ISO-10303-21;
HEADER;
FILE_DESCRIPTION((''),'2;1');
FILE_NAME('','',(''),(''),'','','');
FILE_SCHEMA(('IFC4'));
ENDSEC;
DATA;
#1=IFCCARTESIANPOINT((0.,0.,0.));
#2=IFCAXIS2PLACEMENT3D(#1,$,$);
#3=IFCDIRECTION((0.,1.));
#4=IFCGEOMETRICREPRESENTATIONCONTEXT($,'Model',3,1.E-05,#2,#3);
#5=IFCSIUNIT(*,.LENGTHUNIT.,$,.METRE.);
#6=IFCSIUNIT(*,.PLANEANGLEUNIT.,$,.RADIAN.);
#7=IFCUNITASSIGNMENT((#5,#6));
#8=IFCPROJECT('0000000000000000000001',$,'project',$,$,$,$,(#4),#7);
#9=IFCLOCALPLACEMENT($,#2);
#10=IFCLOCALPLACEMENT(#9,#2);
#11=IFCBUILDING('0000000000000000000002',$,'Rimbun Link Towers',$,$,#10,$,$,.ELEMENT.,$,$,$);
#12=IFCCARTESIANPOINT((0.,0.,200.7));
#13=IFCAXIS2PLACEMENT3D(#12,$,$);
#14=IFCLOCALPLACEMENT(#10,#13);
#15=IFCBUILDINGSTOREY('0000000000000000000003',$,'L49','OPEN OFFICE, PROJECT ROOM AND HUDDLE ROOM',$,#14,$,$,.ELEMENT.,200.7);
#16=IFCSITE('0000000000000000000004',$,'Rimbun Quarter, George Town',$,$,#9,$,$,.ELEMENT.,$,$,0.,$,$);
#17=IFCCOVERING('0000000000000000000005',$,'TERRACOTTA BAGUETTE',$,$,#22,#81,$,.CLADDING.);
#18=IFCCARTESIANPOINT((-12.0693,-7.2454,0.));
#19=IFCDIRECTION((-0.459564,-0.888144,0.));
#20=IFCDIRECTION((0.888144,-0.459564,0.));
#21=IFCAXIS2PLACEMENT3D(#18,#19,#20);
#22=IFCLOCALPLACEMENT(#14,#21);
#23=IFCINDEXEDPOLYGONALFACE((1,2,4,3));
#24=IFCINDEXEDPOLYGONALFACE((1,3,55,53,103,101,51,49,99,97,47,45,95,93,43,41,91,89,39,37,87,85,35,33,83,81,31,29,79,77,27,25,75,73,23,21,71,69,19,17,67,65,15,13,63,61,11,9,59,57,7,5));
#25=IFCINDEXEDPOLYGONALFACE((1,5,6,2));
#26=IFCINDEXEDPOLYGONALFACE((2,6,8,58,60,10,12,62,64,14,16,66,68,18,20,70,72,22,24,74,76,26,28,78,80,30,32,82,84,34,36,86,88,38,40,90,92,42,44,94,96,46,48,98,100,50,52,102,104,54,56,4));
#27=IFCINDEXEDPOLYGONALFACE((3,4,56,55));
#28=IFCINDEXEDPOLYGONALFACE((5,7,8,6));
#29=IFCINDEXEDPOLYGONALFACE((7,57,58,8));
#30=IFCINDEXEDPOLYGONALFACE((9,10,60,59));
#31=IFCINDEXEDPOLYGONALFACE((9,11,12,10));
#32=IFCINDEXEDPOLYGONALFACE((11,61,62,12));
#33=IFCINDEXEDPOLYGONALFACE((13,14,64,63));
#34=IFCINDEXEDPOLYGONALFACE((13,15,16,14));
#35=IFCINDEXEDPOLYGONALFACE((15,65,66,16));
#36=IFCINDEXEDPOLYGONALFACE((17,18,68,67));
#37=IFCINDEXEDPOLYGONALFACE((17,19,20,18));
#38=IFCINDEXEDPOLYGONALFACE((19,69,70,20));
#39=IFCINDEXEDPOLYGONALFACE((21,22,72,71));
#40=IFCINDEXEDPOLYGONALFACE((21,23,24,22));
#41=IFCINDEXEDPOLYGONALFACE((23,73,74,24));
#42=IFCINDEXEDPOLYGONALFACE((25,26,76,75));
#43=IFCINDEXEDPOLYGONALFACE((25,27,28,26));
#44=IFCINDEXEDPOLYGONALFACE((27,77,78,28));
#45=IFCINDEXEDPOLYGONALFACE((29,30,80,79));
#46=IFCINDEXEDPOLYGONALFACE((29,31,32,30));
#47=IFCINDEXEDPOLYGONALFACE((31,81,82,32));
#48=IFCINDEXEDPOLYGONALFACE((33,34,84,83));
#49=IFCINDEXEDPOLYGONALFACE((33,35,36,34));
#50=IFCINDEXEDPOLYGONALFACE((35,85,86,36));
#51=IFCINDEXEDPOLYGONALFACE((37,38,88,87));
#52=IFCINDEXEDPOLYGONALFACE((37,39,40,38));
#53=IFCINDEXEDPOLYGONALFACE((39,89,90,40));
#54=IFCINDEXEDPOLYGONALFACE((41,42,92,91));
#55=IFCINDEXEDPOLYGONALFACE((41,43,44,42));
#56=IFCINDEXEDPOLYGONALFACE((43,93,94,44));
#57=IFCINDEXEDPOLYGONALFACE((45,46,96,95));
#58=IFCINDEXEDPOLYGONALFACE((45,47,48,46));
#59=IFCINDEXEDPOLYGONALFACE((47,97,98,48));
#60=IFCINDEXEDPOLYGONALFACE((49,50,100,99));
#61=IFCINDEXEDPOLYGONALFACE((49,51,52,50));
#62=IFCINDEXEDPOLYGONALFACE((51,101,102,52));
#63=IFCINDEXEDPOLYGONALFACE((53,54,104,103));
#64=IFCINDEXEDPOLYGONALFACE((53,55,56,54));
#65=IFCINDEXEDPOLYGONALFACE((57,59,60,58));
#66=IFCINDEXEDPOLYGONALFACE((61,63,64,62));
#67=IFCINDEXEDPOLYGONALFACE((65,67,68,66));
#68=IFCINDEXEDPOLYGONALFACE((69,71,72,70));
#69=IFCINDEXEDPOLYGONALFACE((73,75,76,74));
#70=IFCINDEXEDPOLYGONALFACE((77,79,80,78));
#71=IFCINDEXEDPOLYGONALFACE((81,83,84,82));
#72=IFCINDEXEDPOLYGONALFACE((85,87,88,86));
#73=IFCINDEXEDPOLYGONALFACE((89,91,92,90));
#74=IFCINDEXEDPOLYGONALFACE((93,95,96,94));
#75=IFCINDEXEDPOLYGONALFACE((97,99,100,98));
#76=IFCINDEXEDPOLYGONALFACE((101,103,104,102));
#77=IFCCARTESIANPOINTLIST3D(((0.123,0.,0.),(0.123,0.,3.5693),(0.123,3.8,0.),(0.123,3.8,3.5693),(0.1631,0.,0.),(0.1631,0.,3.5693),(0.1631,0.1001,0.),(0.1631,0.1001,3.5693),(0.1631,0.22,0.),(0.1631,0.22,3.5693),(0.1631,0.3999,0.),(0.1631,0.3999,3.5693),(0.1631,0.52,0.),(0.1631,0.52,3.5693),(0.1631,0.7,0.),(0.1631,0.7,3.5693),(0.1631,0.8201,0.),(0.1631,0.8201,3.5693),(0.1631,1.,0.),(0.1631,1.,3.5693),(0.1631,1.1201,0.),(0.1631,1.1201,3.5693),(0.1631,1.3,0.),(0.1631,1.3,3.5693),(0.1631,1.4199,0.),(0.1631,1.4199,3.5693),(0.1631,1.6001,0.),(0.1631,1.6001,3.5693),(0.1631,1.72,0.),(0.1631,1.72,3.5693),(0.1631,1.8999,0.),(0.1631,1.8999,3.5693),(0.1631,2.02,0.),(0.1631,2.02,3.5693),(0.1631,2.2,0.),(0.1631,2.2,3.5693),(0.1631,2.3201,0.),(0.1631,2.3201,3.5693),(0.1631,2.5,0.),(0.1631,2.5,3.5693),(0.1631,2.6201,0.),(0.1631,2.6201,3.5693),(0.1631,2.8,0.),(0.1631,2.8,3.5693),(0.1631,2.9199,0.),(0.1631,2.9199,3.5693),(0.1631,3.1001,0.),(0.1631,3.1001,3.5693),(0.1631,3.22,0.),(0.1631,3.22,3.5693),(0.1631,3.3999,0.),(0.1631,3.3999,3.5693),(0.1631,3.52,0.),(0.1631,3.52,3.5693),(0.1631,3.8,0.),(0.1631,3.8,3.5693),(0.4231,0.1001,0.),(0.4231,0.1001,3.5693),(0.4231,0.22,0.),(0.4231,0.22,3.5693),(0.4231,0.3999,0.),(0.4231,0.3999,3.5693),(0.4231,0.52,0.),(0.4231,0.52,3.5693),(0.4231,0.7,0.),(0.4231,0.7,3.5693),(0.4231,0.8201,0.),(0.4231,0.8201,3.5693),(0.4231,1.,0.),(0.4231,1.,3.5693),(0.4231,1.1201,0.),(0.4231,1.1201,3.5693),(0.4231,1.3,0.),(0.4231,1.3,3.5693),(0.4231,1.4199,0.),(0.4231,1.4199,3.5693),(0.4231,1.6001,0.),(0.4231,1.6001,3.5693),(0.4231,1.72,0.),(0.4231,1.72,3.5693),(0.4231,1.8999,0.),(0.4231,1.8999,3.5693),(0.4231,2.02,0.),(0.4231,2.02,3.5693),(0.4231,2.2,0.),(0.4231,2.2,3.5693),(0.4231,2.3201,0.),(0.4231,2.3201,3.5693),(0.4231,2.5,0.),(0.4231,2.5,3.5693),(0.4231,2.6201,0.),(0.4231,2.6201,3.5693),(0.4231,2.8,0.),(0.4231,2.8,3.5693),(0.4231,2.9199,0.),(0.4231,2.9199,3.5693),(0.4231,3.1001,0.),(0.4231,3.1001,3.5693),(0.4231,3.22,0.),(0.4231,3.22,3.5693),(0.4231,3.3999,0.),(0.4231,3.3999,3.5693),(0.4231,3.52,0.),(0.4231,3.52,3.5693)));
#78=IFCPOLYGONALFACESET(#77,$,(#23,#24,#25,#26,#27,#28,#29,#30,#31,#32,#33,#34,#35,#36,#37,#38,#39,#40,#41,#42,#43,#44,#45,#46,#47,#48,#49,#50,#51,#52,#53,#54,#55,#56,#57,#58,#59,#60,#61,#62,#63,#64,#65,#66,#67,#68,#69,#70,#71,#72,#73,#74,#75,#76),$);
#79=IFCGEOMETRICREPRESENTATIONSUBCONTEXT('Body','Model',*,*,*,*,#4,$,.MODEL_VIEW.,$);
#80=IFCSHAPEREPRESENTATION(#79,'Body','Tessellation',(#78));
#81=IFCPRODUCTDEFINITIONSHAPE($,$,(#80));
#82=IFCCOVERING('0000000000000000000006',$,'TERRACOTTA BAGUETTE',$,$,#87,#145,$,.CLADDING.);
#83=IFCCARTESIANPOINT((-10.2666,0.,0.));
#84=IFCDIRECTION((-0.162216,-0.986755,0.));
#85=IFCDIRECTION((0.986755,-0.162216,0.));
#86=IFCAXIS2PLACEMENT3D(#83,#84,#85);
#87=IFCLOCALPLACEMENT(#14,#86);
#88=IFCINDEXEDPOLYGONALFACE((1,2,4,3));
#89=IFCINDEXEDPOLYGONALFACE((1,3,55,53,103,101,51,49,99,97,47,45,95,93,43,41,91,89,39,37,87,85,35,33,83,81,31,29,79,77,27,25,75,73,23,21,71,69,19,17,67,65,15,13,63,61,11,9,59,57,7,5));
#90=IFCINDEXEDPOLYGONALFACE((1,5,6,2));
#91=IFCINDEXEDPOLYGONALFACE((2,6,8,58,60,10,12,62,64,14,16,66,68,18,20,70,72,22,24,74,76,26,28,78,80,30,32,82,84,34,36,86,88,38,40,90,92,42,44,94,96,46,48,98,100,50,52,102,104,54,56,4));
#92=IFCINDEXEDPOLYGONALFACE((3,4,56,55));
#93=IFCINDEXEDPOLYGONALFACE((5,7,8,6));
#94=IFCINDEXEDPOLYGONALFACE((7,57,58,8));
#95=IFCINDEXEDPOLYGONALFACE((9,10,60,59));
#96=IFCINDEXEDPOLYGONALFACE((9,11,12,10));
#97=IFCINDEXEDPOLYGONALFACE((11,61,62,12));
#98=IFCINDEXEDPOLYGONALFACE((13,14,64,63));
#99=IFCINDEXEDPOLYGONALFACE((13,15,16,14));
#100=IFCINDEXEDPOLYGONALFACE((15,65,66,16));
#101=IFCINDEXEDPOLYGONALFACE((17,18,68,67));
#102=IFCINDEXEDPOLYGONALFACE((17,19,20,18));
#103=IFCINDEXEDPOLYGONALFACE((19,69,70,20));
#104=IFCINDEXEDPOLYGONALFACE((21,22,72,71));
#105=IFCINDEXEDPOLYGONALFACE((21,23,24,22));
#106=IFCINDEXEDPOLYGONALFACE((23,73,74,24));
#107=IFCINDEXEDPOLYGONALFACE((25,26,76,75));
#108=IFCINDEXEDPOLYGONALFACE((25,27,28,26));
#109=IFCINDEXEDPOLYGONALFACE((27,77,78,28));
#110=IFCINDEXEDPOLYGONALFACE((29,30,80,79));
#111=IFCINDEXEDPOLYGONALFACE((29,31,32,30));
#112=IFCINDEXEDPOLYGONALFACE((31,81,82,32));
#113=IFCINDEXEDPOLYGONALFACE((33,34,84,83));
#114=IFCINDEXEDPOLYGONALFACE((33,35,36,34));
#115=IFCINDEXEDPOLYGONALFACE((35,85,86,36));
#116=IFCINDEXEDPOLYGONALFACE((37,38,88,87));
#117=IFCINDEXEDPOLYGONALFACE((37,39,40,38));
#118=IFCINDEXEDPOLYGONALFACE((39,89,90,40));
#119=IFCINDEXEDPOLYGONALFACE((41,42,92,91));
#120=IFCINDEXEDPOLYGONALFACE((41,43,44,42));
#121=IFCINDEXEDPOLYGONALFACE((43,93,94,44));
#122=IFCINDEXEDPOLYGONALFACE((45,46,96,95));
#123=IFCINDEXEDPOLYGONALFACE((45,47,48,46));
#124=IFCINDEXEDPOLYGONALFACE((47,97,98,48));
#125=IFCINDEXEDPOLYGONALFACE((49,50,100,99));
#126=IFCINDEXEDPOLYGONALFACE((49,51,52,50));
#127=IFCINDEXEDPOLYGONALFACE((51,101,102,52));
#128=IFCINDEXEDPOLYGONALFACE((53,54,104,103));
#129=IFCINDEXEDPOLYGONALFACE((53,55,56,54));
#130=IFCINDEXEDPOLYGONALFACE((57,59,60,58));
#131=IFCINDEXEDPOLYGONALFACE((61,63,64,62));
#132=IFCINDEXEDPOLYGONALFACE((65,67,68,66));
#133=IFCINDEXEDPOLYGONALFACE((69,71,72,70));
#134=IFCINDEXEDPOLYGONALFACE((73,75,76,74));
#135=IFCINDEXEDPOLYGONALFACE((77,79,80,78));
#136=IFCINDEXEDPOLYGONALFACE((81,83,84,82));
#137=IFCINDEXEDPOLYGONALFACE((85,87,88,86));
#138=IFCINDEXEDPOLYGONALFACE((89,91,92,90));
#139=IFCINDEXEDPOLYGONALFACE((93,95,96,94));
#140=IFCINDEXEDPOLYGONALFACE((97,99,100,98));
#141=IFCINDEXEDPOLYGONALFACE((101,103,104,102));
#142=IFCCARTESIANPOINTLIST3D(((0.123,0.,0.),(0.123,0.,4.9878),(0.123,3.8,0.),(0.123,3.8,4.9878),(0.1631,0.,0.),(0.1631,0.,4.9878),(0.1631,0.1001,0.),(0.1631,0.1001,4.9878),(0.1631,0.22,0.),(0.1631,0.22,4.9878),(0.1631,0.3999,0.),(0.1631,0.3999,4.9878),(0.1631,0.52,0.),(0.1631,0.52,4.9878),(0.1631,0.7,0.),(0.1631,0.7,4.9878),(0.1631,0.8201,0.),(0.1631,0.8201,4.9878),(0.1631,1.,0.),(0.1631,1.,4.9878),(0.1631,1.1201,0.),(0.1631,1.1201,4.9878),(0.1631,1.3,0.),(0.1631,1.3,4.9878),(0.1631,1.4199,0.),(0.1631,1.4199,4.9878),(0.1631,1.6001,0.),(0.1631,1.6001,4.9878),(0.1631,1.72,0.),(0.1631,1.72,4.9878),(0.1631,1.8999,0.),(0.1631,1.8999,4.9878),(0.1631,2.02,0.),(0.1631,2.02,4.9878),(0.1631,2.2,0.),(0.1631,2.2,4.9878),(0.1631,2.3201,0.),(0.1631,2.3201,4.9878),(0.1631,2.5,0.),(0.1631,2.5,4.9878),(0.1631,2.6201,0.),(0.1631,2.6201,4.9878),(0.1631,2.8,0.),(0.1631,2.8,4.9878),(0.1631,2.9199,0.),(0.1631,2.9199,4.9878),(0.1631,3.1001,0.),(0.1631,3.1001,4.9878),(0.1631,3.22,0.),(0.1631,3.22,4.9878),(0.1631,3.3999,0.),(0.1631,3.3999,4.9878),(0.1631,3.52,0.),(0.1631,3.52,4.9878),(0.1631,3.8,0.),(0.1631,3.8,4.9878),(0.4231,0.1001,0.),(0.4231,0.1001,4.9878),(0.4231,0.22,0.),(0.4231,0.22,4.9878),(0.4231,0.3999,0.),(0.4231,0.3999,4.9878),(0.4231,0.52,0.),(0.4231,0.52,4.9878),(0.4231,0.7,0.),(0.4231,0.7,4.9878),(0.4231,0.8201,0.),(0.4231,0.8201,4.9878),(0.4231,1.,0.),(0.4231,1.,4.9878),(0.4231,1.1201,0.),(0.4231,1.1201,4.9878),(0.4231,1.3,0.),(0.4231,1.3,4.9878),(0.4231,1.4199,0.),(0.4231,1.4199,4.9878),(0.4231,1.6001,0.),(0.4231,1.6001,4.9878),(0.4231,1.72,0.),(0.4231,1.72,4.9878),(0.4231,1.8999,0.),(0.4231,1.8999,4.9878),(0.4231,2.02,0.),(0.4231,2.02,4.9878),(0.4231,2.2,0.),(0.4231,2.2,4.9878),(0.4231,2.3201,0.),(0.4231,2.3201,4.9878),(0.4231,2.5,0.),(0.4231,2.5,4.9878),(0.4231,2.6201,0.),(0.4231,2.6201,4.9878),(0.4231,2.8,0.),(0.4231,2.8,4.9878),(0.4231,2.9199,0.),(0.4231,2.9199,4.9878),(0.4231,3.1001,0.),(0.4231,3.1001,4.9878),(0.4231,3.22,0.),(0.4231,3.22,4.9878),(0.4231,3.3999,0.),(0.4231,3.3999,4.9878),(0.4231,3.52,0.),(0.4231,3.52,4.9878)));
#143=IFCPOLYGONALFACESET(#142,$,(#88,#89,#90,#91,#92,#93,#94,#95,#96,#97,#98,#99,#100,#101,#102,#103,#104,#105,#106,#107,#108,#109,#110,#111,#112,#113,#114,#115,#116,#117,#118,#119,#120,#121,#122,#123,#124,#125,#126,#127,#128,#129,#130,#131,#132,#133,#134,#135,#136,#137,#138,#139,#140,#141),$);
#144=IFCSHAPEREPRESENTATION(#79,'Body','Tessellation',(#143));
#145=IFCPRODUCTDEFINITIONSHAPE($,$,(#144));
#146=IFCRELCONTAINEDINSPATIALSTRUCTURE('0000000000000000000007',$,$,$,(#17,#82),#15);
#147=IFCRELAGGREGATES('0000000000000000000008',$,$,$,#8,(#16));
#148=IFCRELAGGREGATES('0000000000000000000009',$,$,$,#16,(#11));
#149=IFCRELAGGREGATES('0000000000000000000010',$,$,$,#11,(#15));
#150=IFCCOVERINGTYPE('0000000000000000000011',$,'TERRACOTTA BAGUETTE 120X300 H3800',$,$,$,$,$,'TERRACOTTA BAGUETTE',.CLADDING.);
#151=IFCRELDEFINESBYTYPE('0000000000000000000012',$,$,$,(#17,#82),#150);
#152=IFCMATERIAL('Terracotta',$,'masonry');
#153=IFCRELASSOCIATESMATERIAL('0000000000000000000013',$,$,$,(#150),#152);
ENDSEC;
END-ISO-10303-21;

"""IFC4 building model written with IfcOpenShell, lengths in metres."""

from ifc_helpers import new_model, si_unit, direction, frame, origin, place, context, subcontext, project, spatial, polyline, outline, extrude, material, material_profile, profile_set, type_object, element, save


model = new_model("IFC4")

# Units and contexts
model_context = context("Model", 3, precision=1e-05, world=origin(), true_north=direction((0.0, 1.0)))
body_context = subcontext(model_context, "Body", "Model", "MODEL_VIEW")
ifc_project = project(units=[si_unit("LENGTHUNIT", "METRE"), si_unit("PLANEANGLEUNIT", "RADIAN")], contexts=[model_context])

# Site, building, storey
site_placement = place(None, origin())
site = spatial("IfcSite", under=ifc_project, at=site_placement, Name="Rimbun Quarter, George Town", CompositionType="ELEMENT", RefElevation=0.0)
building_placement = place(site_placement, origin())
building = spatial("IfcBuilding", under=site, at=building_placement, Name="Rimbun Link Towers", CompositionType="ELEMENT")
storey_placement = place(building_placement, frame((0.0, 0.0, 200.7)))
storey = spatial("IfcBuildingStorey", under=building, at=storey_placement, Name="L49", Description="OPEN OFFICE, PROJECT ROOM AND HUDDLE ROOM", CompositionType="ELEMENT", Elevation=200.7)

# Coverings
ifc_material_1 = material(Name="Terracotta", Category="masonry")
ifc_material_profile_1 = material_profile(ifc_material_1, outline(polyline([(0.123, 0.0), (0.1631, 0.0), (0.1631, 0.1001), (0.4231, 0.1001), (0.4231, 0.22), (0.1631, 0.22), (0.1631, 0.3999), (0.4231, 0.3999), (0.4231, 0.52), (0.1631, 0.52), (0.1631, 0.7), (0.4231, 0.7), (0.4231, 0.8201), (0.1631, 0.8201), (0.1631, 1.0), (0.4231, 1.0), (0.4231, 1.1201), (0.1631, 1.1201), (0.1631, 1.3), (0.4231, 1.3), (0.4231, 1.4199), (0.1631, 1.4199), (0.1631, 1.6001), (0.4231, 1.6001), (0.4231, 1.72), (0.1631, 1.72), (0.1631, 1.8999), (0.4231, 1.8999), (0.4231, 2.02), (0.1631, 2.02), (0.1631, 2.2), (0.4231, 2.2), (0.4231, 2.3201), (0.1631, 2.3201), (0.1631, 2.5), (0.4231, 2.5), (0.4231, 2.6201), (0.1631, 2.6201), (0.1631, 2.8), (0.4231, 2.8), (0.4231, 2.9199), (0.1631, 2.9199), (0.1631, 3.1001), (0.4231, 3.1001), (0.4231, 3.22), (0.1631, 3.22), (0.1631, 3.3999), (0.4231, 3.3999), (0.4231, 3.52), (0.1631, 3.52), (0.1631, 3.8), (0.123, 3.8), (0.123, 0.0)])), Name="BAGUETTE 120X300")
ifc_profile_set_1 = profile_set([ifc_material_profile_1], Name="Terracotta")
covering_type = type_object("IfcCoveringType", Name="TERRACOTTA BAGUETTE 120X300 H3800", ElementType="TERRACOTTA BAGUETTE", PredefinedType="CLADDING", material=ifc_profile_set_1)
covering_1_placement = place(storey_placement, frame((-12.0693, -7.2454, 0.0), z_axis=(-0.459564, -0.888144, 0.0), x_axis=(0.888144, -0.459564, 0.0)))
element("IfcCovering", 1, at=covering_1_placement, inside=storey, type_object=covering_type, Name="TERRACOTTA BAGUETTE", PredefinedType="CLADDING", context=body_context, shape_type="SweptSolid", body=[
    extrude(outline(polyline([(0.123, 0.0), (0.1631, 0.0), (0.1631, 0.1001), (0.4231, 0.1001), (0.4231, 0.22), (0.1631, 0.22), (0.1631, 0.3999), (0.4231, 0.3999), (0.4231, 0.52), (0.1631, 0.52), (0.1631, 0.7), (0.4231, 0.7), (0.4231, 0.8201), (0.1631, 0.8201), (0.1631, 1.0), (0.4231, 1.0), (0.4231, 1.1201), (0.1631, 1.1201), (0.1631, 1.3), (0.4231, 1.3), (0.4231, 1.4199), (0.1631, 1.4199), (0.1631, 1.6001), (0.4231, 1.6001), (0.4231, 1.72), (0.1631, 1.72), (0.1631, 1.8999), (0.4231, 1.8999), (0.4231, 2.02), (0.1631, 2.02), (0.1631, 2.2), (0.4231, 2.2), (0.4231, 2.3201), (0.1631, 2.3201), (0.1631, 2.5), (0.4231, 2.5), (0.4231, 2.6201), (0.1631, 2.6201), (0.1631, 2.8), (0.4231, 2.8), (0.4231, 2.9199), (0.1631, 2.9199), (0.1631, 3.1001), (0.4231, 3.1001), (0.4231, 3.22), (0.1631, 3.22), (0.1631, 3.3999), (0.4231, 3.3999), (0.4231, 3.52), (0.1631, 3.52), (0.1631, 3.8), (0.123, 3.8), (0.123, 0.0)])), origin(), (0.0, 0.0, 1.0), 3.5693),
])
covering_2_placement = place(storey_placement, frame((-10.2666, 0.0, 0.0), z_axis=(-0.162216, -0.986755, 0.0), x_axis=(0.986755, -0.162216, 0.0)))
element("IfcCovering", 2, at=covering_2_placement, inside=storey, type_object=covering_type, Name="TERRACOTTA BAGUETTE", PredefinedType="CLADDING", context=body_context, shape_type="SweptSolid", body=[
    extrude(outline(polyline([(0.123, 0.0), (0.1631, 0.0), (0.1631, 0.1001), (0.4231, 0.1001), (0.4231, 0.22), (0.1631, 0.22), (0.1631, 0.3999), (0.4231, 0.3999), (0.4231, 0.52), (0.1631, 0.52), (0.1631, 0.7), (0.4231, 0.7), (0.4231, 0.8201), (0.1631, 0.8201), (0.1631, 1.0), (0.4231, 1.0), (0.4231, 1.1201), (0.1631, 1.1201), (0.1631, 1.3), (0.4231, 1.3), (0.4231, 1.4199), (0.1631, 1.4199), (0.1631, 1.6001), (0.4231, 1.6001), (0.4231, 1.72), (0.1631, 1.72), (0.1631, 1.8999), (0.4231, 1.8999), (0.4231, 2.02), (0.1631, 2.02), (0.1631, 2.2), (0.4231, 2.2), (0.4231, 2.3201), (0.1631, 2.3201), (0.1631, 2.5), (0.4231, 2.5), (0.4231, 2.6201), (0.1631, 2.6201), (0.1631, 2.8), (0.4231, 2.8), (0.4231, 2.9199), (0.1631, 2.9199), (0.1631, 3.1001), (0.4231, 3.1001), (0.4231, 3.22), (0.1631, 3.22), (0.1631, 3.3999), (0.4231, 3.3999), (0.4231, 3.52), (0.1631, 3.52), (0.1631, 3.8), (0.123, 3.8), (0.123, 0.0)])), origin(), (0.0, 0.0, 1.0), 4.9878),
])

save(model, "model.ifc")
